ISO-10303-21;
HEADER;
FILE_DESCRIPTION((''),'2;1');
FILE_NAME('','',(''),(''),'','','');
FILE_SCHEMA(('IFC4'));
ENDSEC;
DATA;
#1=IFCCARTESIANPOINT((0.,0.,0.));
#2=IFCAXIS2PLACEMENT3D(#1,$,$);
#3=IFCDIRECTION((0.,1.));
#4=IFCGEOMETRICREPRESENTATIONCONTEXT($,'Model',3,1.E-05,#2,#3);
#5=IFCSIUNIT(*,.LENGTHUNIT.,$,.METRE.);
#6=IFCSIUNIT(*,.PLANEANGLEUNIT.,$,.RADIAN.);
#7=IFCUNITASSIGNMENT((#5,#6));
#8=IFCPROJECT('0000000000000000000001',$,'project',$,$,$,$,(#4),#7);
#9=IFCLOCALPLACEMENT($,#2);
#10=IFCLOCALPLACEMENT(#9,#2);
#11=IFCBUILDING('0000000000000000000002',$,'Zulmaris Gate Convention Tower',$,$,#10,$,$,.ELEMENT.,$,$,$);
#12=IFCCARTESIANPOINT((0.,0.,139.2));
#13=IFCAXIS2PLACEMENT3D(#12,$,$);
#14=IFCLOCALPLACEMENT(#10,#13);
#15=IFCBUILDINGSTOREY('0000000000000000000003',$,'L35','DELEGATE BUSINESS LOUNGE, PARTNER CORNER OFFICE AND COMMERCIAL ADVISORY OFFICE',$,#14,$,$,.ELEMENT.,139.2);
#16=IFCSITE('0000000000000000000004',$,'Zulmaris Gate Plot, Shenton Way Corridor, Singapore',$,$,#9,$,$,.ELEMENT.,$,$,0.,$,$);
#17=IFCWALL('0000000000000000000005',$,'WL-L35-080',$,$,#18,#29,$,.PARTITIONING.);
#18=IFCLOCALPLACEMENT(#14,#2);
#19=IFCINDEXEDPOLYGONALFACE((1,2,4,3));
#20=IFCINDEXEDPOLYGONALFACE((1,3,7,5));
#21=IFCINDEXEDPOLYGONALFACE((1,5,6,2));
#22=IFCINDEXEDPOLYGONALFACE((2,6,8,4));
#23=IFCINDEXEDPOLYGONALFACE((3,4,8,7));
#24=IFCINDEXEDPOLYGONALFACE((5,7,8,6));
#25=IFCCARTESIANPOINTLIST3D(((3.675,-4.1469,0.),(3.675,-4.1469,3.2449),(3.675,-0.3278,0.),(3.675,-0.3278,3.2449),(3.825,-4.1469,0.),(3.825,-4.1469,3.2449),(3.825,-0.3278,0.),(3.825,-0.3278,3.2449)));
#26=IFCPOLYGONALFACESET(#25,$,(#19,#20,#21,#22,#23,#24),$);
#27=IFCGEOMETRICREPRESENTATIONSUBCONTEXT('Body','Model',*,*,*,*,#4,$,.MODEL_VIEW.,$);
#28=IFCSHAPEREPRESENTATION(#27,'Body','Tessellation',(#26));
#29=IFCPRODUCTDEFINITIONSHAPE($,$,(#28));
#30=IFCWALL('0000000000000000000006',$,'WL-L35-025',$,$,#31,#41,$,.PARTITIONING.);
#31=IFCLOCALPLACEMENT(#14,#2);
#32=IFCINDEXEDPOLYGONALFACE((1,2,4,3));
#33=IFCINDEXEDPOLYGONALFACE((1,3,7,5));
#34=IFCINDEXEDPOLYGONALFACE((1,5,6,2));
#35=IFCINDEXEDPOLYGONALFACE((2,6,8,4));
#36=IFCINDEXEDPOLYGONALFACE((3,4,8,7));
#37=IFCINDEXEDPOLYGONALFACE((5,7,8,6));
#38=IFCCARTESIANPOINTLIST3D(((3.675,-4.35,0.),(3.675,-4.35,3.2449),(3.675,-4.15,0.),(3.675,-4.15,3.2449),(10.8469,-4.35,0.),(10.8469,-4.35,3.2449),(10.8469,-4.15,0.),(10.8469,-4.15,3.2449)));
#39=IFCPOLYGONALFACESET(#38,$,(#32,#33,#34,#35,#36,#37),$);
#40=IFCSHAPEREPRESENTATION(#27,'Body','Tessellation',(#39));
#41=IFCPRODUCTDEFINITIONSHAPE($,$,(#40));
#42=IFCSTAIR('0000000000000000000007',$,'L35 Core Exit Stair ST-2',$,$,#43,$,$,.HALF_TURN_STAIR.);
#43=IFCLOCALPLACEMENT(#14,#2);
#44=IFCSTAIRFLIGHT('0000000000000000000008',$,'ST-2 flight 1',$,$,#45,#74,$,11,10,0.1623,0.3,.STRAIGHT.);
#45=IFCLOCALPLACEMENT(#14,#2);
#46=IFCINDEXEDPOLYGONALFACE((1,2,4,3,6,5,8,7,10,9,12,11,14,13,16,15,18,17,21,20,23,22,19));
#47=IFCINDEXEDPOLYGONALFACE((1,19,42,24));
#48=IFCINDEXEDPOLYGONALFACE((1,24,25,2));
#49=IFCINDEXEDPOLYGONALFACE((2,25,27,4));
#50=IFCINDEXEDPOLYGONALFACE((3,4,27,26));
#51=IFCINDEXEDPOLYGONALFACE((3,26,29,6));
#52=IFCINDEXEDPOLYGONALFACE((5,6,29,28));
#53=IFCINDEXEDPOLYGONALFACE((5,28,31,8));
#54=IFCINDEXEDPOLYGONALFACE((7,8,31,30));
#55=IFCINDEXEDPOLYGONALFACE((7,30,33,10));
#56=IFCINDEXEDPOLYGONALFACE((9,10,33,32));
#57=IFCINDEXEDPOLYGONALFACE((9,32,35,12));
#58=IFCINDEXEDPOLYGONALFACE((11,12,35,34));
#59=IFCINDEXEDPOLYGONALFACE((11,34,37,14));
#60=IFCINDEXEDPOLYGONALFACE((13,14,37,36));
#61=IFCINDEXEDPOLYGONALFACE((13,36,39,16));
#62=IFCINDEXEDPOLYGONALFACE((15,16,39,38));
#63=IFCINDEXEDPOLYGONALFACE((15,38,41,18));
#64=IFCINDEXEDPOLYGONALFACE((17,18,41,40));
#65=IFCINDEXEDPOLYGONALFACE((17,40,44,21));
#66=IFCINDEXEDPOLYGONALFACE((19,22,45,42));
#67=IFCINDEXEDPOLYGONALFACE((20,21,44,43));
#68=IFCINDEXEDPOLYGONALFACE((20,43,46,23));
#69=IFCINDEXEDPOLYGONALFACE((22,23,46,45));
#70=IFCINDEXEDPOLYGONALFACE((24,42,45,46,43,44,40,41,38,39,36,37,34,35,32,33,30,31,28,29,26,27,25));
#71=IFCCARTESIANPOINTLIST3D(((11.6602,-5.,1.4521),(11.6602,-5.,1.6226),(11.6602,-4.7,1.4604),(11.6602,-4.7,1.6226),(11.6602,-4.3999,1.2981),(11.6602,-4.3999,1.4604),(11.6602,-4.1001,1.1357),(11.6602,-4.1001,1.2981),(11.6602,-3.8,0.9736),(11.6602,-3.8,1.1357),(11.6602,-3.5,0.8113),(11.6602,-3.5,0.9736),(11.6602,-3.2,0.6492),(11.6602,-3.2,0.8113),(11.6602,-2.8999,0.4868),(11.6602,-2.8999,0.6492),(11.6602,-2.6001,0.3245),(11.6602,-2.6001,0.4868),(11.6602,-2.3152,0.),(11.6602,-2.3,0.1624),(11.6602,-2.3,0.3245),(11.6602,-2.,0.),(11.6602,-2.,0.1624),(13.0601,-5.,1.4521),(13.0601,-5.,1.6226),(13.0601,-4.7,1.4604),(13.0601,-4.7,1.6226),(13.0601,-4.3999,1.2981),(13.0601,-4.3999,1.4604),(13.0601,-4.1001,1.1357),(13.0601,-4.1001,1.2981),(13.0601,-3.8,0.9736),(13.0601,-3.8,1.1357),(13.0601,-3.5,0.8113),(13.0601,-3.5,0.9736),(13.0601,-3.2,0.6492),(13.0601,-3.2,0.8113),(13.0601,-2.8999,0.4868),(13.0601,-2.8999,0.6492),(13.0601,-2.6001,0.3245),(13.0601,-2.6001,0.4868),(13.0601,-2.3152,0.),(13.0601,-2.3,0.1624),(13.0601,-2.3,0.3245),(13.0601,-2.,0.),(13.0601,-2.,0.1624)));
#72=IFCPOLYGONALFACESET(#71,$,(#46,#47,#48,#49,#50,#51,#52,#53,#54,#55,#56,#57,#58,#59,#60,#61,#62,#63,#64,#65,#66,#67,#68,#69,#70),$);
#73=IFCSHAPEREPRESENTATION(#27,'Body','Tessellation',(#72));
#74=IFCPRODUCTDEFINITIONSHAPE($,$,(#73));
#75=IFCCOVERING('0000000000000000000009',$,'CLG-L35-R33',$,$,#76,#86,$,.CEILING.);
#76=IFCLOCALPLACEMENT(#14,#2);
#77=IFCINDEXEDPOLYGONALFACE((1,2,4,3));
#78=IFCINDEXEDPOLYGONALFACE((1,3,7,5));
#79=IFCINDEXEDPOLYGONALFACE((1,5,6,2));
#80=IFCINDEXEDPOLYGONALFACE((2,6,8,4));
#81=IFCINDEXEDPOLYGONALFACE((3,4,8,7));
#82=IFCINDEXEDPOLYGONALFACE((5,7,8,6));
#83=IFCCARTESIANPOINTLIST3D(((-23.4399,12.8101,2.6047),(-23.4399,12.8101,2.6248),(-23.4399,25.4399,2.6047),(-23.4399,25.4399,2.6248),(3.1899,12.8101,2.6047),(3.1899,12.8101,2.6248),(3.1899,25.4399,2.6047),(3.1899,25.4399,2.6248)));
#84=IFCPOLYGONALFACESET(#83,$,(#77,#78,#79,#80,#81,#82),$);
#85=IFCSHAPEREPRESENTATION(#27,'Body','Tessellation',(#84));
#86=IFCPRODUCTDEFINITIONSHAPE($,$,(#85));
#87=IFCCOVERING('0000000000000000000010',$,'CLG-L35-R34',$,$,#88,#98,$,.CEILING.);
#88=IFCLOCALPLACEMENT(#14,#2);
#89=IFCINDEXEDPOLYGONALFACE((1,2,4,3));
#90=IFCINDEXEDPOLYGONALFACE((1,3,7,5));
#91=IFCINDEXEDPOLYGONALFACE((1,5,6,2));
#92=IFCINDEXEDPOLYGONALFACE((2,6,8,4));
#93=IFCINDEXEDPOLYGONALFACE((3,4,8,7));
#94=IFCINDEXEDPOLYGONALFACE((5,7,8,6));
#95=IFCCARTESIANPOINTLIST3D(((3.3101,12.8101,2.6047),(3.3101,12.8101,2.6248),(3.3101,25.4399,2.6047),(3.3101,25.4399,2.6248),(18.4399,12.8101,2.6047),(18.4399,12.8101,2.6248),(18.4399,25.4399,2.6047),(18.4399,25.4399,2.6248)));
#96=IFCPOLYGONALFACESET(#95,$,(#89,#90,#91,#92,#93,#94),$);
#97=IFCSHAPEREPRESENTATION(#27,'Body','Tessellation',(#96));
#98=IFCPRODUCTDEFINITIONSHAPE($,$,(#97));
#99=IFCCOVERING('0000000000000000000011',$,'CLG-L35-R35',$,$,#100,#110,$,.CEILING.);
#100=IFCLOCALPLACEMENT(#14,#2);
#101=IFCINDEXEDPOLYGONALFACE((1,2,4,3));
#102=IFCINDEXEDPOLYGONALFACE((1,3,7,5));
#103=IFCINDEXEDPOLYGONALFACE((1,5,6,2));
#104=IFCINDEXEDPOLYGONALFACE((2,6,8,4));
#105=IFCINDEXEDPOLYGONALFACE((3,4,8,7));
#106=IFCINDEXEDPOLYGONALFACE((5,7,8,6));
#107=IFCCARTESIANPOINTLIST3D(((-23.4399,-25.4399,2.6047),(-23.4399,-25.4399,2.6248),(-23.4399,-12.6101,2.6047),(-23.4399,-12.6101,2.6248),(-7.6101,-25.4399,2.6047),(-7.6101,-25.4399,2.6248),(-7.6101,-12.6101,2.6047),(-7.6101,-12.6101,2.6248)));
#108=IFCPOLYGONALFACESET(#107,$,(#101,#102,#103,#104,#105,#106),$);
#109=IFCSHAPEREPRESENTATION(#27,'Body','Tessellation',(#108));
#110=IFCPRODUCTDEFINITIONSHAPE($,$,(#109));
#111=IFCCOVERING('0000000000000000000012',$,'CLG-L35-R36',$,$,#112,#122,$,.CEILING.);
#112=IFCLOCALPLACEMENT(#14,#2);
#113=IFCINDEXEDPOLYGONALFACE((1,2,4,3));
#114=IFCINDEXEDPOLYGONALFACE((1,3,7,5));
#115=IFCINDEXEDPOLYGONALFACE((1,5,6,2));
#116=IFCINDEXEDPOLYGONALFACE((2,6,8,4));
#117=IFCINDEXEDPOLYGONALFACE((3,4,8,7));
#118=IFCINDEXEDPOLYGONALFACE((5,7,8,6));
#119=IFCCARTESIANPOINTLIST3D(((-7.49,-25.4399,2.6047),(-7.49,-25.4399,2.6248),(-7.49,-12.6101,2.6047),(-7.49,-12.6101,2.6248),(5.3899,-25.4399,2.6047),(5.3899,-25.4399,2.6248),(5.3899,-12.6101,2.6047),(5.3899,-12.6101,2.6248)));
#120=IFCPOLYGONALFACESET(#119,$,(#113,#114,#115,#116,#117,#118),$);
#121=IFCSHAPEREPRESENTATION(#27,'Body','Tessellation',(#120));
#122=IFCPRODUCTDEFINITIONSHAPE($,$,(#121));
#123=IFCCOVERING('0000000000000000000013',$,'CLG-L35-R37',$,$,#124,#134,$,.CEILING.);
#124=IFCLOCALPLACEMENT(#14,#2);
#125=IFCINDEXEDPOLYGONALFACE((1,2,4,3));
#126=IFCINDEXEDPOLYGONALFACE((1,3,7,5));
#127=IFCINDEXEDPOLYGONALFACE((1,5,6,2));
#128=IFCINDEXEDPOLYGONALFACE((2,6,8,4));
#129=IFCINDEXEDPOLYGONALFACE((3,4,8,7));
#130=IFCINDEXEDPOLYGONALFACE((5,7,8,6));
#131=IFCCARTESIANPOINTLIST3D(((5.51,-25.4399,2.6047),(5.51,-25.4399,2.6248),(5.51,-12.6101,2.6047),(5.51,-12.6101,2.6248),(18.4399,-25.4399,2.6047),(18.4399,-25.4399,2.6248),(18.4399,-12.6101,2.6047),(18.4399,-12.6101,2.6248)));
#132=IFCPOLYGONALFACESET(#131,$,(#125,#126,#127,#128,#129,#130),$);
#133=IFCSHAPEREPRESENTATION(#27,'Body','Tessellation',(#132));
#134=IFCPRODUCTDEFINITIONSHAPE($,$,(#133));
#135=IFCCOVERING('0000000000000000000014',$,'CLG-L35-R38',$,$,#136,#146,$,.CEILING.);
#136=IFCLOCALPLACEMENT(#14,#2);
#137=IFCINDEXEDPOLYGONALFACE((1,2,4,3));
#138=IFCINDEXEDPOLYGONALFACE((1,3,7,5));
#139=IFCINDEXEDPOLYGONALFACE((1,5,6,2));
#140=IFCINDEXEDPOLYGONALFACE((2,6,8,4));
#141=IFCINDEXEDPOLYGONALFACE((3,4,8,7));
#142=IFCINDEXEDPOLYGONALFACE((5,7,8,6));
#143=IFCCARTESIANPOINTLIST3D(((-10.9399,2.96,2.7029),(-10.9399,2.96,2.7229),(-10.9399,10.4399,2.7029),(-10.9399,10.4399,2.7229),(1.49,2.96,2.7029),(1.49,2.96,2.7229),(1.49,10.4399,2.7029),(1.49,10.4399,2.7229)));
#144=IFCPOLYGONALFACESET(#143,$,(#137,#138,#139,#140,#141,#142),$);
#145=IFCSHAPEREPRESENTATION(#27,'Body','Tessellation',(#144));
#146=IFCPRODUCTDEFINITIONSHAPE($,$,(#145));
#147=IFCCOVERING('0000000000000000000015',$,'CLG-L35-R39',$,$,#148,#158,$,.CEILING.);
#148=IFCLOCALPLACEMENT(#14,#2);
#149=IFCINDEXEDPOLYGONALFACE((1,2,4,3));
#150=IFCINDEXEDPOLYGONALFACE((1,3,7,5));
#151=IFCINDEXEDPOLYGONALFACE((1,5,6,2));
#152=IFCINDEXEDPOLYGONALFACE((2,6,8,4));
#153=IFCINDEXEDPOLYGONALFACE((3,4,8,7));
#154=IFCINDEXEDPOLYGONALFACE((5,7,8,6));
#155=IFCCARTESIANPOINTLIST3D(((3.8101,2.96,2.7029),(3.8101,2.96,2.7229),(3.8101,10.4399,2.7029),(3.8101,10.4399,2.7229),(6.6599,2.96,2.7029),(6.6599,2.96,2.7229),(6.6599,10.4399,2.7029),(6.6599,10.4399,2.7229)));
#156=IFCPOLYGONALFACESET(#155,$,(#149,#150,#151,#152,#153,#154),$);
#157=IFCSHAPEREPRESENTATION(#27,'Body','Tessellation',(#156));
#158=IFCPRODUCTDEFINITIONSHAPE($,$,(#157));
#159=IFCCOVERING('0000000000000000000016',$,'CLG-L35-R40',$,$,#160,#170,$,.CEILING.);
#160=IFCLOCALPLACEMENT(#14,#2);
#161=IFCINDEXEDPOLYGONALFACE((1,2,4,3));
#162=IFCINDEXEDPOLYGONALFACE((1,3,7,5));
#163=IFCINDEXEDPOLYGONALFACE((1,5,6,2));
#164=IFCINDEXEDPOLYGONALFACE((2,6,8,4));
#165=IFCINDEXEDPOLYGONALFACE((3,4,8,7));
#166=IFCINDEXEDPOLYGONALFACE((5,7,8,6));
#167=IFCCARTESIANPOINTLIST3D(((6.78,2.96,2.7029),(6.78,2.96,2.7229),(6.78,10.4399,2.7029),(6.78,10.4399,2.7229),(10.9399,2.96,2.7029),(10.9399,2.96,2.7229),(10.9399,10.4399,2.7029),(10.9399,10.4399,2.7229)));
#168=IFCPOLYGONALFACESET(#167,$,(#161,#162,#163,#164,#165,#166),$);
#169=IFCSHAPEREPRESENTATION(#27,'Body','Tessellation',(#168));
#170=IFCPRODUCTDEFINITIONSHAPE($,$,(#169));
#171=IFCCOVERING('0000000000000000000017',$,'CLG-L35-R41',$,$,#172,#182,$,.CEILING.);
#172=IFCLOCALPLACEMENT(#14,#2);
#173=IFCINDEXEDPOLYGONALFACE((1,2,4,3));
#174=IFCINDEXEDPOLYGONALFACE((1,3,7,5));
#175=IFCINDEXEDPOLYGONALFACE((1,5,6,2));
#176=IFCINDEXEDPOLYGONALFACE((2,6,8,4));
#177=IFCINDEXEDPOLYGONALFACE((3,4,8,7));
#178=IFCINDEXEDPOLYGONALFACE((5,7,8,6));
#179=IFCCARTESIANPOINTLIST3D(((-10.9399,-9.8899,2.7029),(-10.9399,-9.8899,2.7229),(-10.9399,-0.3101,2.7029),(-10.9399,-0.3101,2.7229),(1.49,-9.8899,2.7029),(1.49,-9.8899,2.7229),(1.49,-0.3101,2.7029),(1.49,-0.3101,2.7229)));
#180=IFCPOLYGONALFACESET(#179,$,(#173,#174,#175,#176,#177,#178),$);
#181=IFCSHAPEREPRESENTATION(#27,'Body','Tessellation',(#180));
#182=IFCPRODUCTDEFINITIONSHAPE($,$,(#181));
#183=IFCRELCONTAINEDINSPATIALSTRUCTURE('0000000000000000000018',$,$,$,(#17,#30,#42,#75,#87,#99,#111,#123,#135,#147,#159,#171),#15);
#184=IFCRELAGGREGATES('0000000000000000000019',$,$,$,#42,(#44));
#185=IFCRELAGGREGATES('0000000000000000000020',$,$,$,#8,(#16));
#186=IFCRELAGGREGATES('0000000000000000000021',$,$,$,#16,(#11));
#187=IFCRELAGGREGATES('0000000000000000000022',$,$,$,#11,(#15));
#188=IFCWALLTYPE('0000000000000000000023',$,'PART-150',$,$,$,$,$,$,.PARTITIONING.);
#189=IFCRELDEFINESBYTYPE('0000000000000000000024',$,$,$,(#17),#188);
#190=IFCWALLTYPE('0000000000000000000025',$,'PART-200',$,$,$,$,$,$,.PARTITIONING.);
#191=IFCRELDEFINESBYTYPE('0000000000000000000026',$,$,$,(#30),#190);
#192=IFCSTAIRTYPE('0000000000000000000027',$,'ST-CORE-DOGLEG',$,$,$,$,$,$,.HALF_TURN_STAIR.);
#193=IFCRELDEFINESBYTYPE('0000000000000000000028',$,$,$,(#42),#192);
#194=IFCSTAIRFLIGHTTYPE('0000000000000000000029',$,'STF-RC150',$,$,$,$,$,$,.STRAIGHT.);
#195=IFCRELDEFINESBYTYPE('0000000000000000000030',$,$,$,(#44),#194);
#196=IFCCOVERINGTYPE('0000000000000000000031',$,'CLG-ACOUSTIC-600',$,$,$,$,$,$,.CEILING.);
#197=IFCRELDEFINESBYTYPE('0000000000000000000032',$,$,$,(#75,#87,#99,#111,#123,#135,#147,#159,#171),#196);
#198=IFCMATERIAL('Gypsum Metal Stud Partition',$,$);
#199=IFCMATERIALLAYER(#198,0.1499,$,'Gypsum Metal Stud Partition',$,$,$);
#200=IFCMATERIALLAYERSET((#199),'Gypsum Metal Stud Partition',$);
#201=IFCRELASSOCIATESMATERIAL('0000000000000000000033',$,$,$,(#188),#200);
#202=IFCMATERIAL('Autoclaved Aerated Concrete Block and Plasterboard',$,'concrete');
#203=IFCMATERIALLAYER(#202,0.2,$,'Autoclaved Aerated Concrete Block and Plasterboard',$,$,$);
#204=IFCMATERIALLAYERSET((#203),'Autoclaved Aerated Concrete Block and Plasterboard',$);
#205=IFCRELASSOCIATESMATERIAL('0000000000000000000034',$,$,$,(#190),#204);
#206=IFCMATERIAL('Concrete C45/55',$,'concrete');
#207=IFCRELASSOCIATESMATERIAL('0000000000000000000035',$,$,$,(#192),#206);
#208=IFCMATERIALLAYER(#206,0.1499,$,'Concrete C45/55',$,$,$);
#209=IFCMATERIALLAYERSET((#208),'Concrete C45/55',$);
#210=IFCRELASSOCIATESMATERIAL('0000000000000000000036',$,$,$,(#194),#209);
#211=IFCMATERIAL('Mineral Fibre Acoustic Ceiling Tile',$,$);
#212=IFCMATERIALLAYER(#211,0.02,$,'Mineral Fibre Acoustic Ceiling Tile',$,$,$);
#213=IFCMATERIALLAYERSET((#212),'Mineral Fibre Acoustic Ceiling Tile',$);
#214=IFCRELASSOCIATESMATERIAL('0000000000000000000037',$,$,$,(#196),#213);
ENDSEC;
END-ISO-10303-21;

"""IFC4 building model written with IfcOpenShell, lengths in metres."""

from ifc_helpers import new_model, si_unit, direction, frame, frame_2d, origin, place, context, subcontext, project, spatial, polyline, rectangle, outline, extrude, material, layer, layer_set, type_object, element, aggregate, save


model = new_model("IFC4")

# Units and contexts
model_context = context("Model", 3, precision=1e-05, world=origin(), true_north=direction((0.0, 1.0)))
body_context = subcontext(model_context, "Body", "Model", "MODEL_VIEW")
ifc_project = project(units=[si_unit("LENGTHUNIT", "METRE"), si_unit("PLANEANGLEUNIT", "RADIAN")], contexts=[model_context])

# Site, building, storey
site_placement = place(None, origin())
site = spatial("IfcSite", under=ifc_project, at=site_placement, Name="Zulmaris Gate Plot, Shenton Way Corridor, Singapore", CompositionType="ELEMENT", RefElevation=0.0)
building_placement = place(site_placement, origin())
building = spatial("IfcBuilding", under=site, at=building_placement, Name="Zulmaris Gate Convention Tower", CompositionType="ELEMENT")
storey_placement = place(building_placement, frame((0.0, 0.0, 139.2)))
storey = spatial("IfcBuildingStorey", under=building, at=storey_placement, Name="L35", Description="DELEGATE BUSINESS LOUNGE, PARTNER CORNER OFFICE AND COMMERCIAL ADVISORY OFFICE", CompositionType="ELEMENT", Elevation=139.2)

# Walls
ifc_material_1 = material(Name="Gypsum Metal Stud Partition")
ifc_layer_1 = layer(ifc_material_1, 0.1499, Name="Gypsum Metal Stud Partition")
ifc_layer_set_1 = layer_set([ifc_layer_1], Name="Gypsum Metal Stud Partition")
wall_type_1 = type_object("IfcWallType", Name="PART-150", PredefinedType="PARTITIONING", material=ifc_layer_set_1)
wall_1_placement = place(storey_placement, frame((3.75, -4.147, 0.0), z_axis=(0.0, 0.0, 1.0), x_axis=(0.0, 1.0, 0.0)))
element("IfcWall", 1, at=wall_1_placement, inside=storey, type_object=wall_type_1, Name="WL-L35-080", PredefinedType="PARTITIONING", context=body_context, shape_type="SweptSolid", body=[
    extrude(rectangle(XDim=3.8191, YDim=0.1499, at=frame_2d((1.9097, 0.0))), origin(), (0.0, 0.0, 1.0), 3.2449),
])
ifc_material_2 = material(Name="Autoclaved Aerated Concrete Block and Plasterboard", Category="concrete")
ifc_layer_2 = layer(ifc_material_2, 0.2, Name="Autoclaved Aerated Concrete Block and Plasterboard")
ifc_layer_set_2 = layer_set([ifc_layer_2], Name="Autoclaved Aerated Concrete Block and Plasterboard")
wall_type_2 = type_object("IfcWallType", Name="PART-200", PredefinedType="PARTITIONING", material=ifc_layer_set_2)
wall_2_placement = place(storey_placement, frame((3.675, -4.25, 0.0), z_axis=(0.0, 0.0, 1.0), x_axis=(1.0, 0.0, 0.0)))
element("IfcWall", 2, at=wall_2_placement, inside=storey, type_object=wall_type_2, Name="WL-L35-025", PredefinedType="PARTITIONING", context=body_context, shape_type="SweptSolid", body=[
    extrude(rectangle(XDim=7.1719, YDim=0.2, at=frame_2d((3.5859, 0.0))), origin(), (0.0, 0.0, 1.0), 3.2449),
])

# Stair, stair flight
ifc_material_3 = material(Name="Concrete C45/55", Category="concrete")
stair_type = type_object("IfcStairType", Name="ST-CORE-DOGLEG", PredefinedType="HALF_TURN_STAIR", material=ifc_material_3)
stair_placement = place(storey_placement, origin())
stair = element("IfcStair", 3, at=stair_placement, inside=storey, type_object=stair_type, Name="L35 Core Exit Stair ST-2", PredefinedType="HALF_TURN_STAIR")
ifc_layer_3 = layer(ifc_material_3, 0.1499, Name="Concrete C45/55")
ifc_layer_set_3 = layer_set([ifc_layer_3], Name="Concrete C45/55")
stair_flight_type = type_object("IfcStairFlightType", Name="STF-RC150", PredefinedType="STRAIGHT", material=ifc_layer_set_3)
stair_flight_placement = place(storey_placement, frame((12.3601, -2.0, 0.0), z_axis=(0.0, 0.0, 1.0), x_axis=(0.0, -1.0, 0.0)))
stair_flight = element("IfcStairFlight", 4, at=stair_flight_placement, type_object=stair_flight_type, Name="ST-2 flight 1", NumberOfRisers=11, NumberOfTreads=10, PredefinedType="STRAIGHT", RiserHeight=0.1623, TreadLength=0.3, context=body_context, shape_type="SweptSolid", body=[
    extrude(outline(polyline([(0.0, 0.0), (0.0, 0.1624), (0.3, 0.1624), (0.3, 0.3245), (0.6001, 0.3245), (0.6001, 0.4868), (0.8999, 0.4868), (0.8999, 0.6492), (1.2, 0.6492), (1.2, 0.8113), (1.5, 0.8113), (1.5, 0.9736), (1.8, 0.9736), (1.8, 1.1357), (2.1001, 1.1357), (2.1001, 1.2981), (2.3999, 1.2981), (2.3999, 1.4604), (2.7, 1.4604), (2.7, 1.6226), (3.0, 1.6226), (3.0, 1.7849), (3.0, 1.4521), (0.3152, 0.0), (0.0, 0.0)])), frame((0.0, 0.7, 0.0), z_axis=(0.0, -1.0, 0.0), x_axis=(1.0, 0.0, 0.0)), (0.0, 0.0, 1.0), 1.3999),
])
aggregate(stair, [stair_flight])

# Coverings
ifc_material_4 = material(Name="Mineral Fibre Acoustic Ceiling Tile")
ifc_layer_4 = layer(ifc_material_4, 0.02, Name="Mineral Fibre Acoustic Ceiling Tile")
ifc_layer_set_4 = layer_set([ifc_layer_4], Name="Mineral Fibre Acoustic Ceiling Tile")
covering_type_1 = type_object("IfcCoveringType", Name="CLG-ACOUSTIC-600", PredefinedType="CEILING", material=ifc_layer_set_4)
covering_1_placement = place(storey_placement, frame((0.0, 0.0, 2.6047)))
element("IfcCovering", 5, at=covering_1_placement, inside=storey, type_object=covering_type_1, Name="CLG-L35-R33", PredefinedType="CEILING", context=body_context, shape_type="SweptSolid", body=[
    extrude(outline(polyline([(-23.4399, 12.8101), (3.1899, 12.8101), (3.1899, 25.4399), (-23.4399, 25.4399), (-23.4399, 12.8101)])), origin(), (0.0, 0.0, 1.0), 0.02),
])
covering_2_placement = place(storey_placement, frame((0.0, 0.0, 2.6047)))
element("IfcCovering", 6, at=covering_2_placement, inside=storey, type_object=covering_type_1, Name="CLG-L35-R34", PredefinedType="CEILING", context=body_context, shape_type="SweptSolid", body=[
    extrude(outline(polyline([(3.3101, 12.8101), (18.4399, 12.8101), (18.4399, 25.4399), (3.3101, 25.4399), (3.3101, 12.8101)])), origin(), (0.0, 0.0, 1.0), 0.02),
])
covering_3_placement = place(storey_placement, frame((0.0, 0.0, 2.6047)))
element("IfcCovering", 7, at=covering_3_placement, inside=storey, type_object=covering_type_1, Name="CLG-L35-R35", PredefinedType="CEILING", context=body_context, shape_type="SweptSolid", body=[
    extrude(outline(polyline([(-23.4399, -25.4399), (-7.6101, -25.4399), (-7.6101, -12.6101), (-23.4399, -12.6101), (-23.4399, -25.4399)])), origin(), (0.0, 0.0, 1.0), 0.02),
])
covering_4_placement = place(storey_placement, frame((0.0, 0.0, 2.6047)))
element("IfcCovering", 8, at=covering_4_placement, inside=storey, type_object=covering_type_1, Name="CLG-L35-R36", PredefinedType="CEILING", context=body_context, shape_type="SweptSolid", body=[
    extrude(outline(polyline([(-7.49, -25.4399), (5.3899, -25.4399), (5.3899, -12.6101), (-7.49, -12.6101), (-7.49, -25.4399)])), origin(), (0.0, 0.0, 1.0), 0.02),
])
covering_5_placement = place(storey_placement, frame((0.0, 0.0, 2.6047)))
element("IfcCovering", 9, at=covering_5_placement, inside=storey, type_object=covering_type_1, Name="CLG-L35-R37", PredefinedType="CEILING", context=body_context, shape_type="SweptSolid", body=[
    extrude(outline(polyline([(5.51, -25.4399), (18.4399, -25.4399), (18.4399, -12.6101), (5.51, -12.6101), (5.51, -25.4399)])), origin(), (0.0, 0.0, 1.0), 0.02),
])
covering_6_placement = place(storey_placement, frame((0.0, 0.0, 2.7029)))
element("IfcCovering", 10, at=covering_6_placement, inside=storey, type_object=covering_type_1, Name="CLG-L35-R38", PredefinedType="CEILING", context=body_context, shape_type="SweptSolid", body=[
    extrude(outline(polyline([(-10.9399, 2.96), (1.49, 2.96), (1.49, 10.4399), (-10.9399, 10.4399), (-10.9399, 2.96)])), origin(), (0.0, 0.0, 1.0), 0.02),
])
covering_7_placement = place(storey_placement, frame((0.0, 0.0, 2.7029)))
element("IfcCovering", 11, at=covering_7_placement, inside=storey, type_object=covering_type_1, Name="CLG-L35-R39", PredefinedType="CEILING", context=body_context, shape_type="SweptSolid", body=[
    extrude(outline(polyline([(3.8101, 2.96), (6.6599, 2.96), (6.6599, 10.4399), (3.8101, 10.4399), (3.8101, 2.96)])), origin(), (0.0, 0.0, 1.0), 0.02),
])
covering_8_placement = place(storey_placement, frame((0.0, 0.0, 2.7029)))
element("IfcCovering", 12, at=covering_8_placement, inside=storey, type_object=covering_type_1, Name="CLG-L35-R40", PredefinedType="CEILING", context=body_context, shape_type="SweptSolid", body=[
    extrude(outline(polyline([(6.78, 2.96), (10.9399, 2.96), (10.9399, 10.4399), (6.78, 10.4399), (6.78, 2.96)])), origin(), (0.0, 0.0, 1.0), 0.02),
])
covering_9_placement = place(storey_placement, frame((0.0, 0.0, 2.7029)))
element("IfcCovering", 13, at=covering_9_placement, inside=storey, type_object=covering_type_1, Name="CLG-L35-R41", PredefinedType="CEILING", context=body_context, shape_type="SweptSolid", body=[
    extrude(outline(polyline([(-10.9399, -9.8899), (1.49, -9.8899), (1.49, -0.3101), (-10.9399, -0.3101), (-10.9399, -9.8899)])), origin(), (0.0, 0.0, 1.0), 0.02),
])

save(model, "model.ifc")
